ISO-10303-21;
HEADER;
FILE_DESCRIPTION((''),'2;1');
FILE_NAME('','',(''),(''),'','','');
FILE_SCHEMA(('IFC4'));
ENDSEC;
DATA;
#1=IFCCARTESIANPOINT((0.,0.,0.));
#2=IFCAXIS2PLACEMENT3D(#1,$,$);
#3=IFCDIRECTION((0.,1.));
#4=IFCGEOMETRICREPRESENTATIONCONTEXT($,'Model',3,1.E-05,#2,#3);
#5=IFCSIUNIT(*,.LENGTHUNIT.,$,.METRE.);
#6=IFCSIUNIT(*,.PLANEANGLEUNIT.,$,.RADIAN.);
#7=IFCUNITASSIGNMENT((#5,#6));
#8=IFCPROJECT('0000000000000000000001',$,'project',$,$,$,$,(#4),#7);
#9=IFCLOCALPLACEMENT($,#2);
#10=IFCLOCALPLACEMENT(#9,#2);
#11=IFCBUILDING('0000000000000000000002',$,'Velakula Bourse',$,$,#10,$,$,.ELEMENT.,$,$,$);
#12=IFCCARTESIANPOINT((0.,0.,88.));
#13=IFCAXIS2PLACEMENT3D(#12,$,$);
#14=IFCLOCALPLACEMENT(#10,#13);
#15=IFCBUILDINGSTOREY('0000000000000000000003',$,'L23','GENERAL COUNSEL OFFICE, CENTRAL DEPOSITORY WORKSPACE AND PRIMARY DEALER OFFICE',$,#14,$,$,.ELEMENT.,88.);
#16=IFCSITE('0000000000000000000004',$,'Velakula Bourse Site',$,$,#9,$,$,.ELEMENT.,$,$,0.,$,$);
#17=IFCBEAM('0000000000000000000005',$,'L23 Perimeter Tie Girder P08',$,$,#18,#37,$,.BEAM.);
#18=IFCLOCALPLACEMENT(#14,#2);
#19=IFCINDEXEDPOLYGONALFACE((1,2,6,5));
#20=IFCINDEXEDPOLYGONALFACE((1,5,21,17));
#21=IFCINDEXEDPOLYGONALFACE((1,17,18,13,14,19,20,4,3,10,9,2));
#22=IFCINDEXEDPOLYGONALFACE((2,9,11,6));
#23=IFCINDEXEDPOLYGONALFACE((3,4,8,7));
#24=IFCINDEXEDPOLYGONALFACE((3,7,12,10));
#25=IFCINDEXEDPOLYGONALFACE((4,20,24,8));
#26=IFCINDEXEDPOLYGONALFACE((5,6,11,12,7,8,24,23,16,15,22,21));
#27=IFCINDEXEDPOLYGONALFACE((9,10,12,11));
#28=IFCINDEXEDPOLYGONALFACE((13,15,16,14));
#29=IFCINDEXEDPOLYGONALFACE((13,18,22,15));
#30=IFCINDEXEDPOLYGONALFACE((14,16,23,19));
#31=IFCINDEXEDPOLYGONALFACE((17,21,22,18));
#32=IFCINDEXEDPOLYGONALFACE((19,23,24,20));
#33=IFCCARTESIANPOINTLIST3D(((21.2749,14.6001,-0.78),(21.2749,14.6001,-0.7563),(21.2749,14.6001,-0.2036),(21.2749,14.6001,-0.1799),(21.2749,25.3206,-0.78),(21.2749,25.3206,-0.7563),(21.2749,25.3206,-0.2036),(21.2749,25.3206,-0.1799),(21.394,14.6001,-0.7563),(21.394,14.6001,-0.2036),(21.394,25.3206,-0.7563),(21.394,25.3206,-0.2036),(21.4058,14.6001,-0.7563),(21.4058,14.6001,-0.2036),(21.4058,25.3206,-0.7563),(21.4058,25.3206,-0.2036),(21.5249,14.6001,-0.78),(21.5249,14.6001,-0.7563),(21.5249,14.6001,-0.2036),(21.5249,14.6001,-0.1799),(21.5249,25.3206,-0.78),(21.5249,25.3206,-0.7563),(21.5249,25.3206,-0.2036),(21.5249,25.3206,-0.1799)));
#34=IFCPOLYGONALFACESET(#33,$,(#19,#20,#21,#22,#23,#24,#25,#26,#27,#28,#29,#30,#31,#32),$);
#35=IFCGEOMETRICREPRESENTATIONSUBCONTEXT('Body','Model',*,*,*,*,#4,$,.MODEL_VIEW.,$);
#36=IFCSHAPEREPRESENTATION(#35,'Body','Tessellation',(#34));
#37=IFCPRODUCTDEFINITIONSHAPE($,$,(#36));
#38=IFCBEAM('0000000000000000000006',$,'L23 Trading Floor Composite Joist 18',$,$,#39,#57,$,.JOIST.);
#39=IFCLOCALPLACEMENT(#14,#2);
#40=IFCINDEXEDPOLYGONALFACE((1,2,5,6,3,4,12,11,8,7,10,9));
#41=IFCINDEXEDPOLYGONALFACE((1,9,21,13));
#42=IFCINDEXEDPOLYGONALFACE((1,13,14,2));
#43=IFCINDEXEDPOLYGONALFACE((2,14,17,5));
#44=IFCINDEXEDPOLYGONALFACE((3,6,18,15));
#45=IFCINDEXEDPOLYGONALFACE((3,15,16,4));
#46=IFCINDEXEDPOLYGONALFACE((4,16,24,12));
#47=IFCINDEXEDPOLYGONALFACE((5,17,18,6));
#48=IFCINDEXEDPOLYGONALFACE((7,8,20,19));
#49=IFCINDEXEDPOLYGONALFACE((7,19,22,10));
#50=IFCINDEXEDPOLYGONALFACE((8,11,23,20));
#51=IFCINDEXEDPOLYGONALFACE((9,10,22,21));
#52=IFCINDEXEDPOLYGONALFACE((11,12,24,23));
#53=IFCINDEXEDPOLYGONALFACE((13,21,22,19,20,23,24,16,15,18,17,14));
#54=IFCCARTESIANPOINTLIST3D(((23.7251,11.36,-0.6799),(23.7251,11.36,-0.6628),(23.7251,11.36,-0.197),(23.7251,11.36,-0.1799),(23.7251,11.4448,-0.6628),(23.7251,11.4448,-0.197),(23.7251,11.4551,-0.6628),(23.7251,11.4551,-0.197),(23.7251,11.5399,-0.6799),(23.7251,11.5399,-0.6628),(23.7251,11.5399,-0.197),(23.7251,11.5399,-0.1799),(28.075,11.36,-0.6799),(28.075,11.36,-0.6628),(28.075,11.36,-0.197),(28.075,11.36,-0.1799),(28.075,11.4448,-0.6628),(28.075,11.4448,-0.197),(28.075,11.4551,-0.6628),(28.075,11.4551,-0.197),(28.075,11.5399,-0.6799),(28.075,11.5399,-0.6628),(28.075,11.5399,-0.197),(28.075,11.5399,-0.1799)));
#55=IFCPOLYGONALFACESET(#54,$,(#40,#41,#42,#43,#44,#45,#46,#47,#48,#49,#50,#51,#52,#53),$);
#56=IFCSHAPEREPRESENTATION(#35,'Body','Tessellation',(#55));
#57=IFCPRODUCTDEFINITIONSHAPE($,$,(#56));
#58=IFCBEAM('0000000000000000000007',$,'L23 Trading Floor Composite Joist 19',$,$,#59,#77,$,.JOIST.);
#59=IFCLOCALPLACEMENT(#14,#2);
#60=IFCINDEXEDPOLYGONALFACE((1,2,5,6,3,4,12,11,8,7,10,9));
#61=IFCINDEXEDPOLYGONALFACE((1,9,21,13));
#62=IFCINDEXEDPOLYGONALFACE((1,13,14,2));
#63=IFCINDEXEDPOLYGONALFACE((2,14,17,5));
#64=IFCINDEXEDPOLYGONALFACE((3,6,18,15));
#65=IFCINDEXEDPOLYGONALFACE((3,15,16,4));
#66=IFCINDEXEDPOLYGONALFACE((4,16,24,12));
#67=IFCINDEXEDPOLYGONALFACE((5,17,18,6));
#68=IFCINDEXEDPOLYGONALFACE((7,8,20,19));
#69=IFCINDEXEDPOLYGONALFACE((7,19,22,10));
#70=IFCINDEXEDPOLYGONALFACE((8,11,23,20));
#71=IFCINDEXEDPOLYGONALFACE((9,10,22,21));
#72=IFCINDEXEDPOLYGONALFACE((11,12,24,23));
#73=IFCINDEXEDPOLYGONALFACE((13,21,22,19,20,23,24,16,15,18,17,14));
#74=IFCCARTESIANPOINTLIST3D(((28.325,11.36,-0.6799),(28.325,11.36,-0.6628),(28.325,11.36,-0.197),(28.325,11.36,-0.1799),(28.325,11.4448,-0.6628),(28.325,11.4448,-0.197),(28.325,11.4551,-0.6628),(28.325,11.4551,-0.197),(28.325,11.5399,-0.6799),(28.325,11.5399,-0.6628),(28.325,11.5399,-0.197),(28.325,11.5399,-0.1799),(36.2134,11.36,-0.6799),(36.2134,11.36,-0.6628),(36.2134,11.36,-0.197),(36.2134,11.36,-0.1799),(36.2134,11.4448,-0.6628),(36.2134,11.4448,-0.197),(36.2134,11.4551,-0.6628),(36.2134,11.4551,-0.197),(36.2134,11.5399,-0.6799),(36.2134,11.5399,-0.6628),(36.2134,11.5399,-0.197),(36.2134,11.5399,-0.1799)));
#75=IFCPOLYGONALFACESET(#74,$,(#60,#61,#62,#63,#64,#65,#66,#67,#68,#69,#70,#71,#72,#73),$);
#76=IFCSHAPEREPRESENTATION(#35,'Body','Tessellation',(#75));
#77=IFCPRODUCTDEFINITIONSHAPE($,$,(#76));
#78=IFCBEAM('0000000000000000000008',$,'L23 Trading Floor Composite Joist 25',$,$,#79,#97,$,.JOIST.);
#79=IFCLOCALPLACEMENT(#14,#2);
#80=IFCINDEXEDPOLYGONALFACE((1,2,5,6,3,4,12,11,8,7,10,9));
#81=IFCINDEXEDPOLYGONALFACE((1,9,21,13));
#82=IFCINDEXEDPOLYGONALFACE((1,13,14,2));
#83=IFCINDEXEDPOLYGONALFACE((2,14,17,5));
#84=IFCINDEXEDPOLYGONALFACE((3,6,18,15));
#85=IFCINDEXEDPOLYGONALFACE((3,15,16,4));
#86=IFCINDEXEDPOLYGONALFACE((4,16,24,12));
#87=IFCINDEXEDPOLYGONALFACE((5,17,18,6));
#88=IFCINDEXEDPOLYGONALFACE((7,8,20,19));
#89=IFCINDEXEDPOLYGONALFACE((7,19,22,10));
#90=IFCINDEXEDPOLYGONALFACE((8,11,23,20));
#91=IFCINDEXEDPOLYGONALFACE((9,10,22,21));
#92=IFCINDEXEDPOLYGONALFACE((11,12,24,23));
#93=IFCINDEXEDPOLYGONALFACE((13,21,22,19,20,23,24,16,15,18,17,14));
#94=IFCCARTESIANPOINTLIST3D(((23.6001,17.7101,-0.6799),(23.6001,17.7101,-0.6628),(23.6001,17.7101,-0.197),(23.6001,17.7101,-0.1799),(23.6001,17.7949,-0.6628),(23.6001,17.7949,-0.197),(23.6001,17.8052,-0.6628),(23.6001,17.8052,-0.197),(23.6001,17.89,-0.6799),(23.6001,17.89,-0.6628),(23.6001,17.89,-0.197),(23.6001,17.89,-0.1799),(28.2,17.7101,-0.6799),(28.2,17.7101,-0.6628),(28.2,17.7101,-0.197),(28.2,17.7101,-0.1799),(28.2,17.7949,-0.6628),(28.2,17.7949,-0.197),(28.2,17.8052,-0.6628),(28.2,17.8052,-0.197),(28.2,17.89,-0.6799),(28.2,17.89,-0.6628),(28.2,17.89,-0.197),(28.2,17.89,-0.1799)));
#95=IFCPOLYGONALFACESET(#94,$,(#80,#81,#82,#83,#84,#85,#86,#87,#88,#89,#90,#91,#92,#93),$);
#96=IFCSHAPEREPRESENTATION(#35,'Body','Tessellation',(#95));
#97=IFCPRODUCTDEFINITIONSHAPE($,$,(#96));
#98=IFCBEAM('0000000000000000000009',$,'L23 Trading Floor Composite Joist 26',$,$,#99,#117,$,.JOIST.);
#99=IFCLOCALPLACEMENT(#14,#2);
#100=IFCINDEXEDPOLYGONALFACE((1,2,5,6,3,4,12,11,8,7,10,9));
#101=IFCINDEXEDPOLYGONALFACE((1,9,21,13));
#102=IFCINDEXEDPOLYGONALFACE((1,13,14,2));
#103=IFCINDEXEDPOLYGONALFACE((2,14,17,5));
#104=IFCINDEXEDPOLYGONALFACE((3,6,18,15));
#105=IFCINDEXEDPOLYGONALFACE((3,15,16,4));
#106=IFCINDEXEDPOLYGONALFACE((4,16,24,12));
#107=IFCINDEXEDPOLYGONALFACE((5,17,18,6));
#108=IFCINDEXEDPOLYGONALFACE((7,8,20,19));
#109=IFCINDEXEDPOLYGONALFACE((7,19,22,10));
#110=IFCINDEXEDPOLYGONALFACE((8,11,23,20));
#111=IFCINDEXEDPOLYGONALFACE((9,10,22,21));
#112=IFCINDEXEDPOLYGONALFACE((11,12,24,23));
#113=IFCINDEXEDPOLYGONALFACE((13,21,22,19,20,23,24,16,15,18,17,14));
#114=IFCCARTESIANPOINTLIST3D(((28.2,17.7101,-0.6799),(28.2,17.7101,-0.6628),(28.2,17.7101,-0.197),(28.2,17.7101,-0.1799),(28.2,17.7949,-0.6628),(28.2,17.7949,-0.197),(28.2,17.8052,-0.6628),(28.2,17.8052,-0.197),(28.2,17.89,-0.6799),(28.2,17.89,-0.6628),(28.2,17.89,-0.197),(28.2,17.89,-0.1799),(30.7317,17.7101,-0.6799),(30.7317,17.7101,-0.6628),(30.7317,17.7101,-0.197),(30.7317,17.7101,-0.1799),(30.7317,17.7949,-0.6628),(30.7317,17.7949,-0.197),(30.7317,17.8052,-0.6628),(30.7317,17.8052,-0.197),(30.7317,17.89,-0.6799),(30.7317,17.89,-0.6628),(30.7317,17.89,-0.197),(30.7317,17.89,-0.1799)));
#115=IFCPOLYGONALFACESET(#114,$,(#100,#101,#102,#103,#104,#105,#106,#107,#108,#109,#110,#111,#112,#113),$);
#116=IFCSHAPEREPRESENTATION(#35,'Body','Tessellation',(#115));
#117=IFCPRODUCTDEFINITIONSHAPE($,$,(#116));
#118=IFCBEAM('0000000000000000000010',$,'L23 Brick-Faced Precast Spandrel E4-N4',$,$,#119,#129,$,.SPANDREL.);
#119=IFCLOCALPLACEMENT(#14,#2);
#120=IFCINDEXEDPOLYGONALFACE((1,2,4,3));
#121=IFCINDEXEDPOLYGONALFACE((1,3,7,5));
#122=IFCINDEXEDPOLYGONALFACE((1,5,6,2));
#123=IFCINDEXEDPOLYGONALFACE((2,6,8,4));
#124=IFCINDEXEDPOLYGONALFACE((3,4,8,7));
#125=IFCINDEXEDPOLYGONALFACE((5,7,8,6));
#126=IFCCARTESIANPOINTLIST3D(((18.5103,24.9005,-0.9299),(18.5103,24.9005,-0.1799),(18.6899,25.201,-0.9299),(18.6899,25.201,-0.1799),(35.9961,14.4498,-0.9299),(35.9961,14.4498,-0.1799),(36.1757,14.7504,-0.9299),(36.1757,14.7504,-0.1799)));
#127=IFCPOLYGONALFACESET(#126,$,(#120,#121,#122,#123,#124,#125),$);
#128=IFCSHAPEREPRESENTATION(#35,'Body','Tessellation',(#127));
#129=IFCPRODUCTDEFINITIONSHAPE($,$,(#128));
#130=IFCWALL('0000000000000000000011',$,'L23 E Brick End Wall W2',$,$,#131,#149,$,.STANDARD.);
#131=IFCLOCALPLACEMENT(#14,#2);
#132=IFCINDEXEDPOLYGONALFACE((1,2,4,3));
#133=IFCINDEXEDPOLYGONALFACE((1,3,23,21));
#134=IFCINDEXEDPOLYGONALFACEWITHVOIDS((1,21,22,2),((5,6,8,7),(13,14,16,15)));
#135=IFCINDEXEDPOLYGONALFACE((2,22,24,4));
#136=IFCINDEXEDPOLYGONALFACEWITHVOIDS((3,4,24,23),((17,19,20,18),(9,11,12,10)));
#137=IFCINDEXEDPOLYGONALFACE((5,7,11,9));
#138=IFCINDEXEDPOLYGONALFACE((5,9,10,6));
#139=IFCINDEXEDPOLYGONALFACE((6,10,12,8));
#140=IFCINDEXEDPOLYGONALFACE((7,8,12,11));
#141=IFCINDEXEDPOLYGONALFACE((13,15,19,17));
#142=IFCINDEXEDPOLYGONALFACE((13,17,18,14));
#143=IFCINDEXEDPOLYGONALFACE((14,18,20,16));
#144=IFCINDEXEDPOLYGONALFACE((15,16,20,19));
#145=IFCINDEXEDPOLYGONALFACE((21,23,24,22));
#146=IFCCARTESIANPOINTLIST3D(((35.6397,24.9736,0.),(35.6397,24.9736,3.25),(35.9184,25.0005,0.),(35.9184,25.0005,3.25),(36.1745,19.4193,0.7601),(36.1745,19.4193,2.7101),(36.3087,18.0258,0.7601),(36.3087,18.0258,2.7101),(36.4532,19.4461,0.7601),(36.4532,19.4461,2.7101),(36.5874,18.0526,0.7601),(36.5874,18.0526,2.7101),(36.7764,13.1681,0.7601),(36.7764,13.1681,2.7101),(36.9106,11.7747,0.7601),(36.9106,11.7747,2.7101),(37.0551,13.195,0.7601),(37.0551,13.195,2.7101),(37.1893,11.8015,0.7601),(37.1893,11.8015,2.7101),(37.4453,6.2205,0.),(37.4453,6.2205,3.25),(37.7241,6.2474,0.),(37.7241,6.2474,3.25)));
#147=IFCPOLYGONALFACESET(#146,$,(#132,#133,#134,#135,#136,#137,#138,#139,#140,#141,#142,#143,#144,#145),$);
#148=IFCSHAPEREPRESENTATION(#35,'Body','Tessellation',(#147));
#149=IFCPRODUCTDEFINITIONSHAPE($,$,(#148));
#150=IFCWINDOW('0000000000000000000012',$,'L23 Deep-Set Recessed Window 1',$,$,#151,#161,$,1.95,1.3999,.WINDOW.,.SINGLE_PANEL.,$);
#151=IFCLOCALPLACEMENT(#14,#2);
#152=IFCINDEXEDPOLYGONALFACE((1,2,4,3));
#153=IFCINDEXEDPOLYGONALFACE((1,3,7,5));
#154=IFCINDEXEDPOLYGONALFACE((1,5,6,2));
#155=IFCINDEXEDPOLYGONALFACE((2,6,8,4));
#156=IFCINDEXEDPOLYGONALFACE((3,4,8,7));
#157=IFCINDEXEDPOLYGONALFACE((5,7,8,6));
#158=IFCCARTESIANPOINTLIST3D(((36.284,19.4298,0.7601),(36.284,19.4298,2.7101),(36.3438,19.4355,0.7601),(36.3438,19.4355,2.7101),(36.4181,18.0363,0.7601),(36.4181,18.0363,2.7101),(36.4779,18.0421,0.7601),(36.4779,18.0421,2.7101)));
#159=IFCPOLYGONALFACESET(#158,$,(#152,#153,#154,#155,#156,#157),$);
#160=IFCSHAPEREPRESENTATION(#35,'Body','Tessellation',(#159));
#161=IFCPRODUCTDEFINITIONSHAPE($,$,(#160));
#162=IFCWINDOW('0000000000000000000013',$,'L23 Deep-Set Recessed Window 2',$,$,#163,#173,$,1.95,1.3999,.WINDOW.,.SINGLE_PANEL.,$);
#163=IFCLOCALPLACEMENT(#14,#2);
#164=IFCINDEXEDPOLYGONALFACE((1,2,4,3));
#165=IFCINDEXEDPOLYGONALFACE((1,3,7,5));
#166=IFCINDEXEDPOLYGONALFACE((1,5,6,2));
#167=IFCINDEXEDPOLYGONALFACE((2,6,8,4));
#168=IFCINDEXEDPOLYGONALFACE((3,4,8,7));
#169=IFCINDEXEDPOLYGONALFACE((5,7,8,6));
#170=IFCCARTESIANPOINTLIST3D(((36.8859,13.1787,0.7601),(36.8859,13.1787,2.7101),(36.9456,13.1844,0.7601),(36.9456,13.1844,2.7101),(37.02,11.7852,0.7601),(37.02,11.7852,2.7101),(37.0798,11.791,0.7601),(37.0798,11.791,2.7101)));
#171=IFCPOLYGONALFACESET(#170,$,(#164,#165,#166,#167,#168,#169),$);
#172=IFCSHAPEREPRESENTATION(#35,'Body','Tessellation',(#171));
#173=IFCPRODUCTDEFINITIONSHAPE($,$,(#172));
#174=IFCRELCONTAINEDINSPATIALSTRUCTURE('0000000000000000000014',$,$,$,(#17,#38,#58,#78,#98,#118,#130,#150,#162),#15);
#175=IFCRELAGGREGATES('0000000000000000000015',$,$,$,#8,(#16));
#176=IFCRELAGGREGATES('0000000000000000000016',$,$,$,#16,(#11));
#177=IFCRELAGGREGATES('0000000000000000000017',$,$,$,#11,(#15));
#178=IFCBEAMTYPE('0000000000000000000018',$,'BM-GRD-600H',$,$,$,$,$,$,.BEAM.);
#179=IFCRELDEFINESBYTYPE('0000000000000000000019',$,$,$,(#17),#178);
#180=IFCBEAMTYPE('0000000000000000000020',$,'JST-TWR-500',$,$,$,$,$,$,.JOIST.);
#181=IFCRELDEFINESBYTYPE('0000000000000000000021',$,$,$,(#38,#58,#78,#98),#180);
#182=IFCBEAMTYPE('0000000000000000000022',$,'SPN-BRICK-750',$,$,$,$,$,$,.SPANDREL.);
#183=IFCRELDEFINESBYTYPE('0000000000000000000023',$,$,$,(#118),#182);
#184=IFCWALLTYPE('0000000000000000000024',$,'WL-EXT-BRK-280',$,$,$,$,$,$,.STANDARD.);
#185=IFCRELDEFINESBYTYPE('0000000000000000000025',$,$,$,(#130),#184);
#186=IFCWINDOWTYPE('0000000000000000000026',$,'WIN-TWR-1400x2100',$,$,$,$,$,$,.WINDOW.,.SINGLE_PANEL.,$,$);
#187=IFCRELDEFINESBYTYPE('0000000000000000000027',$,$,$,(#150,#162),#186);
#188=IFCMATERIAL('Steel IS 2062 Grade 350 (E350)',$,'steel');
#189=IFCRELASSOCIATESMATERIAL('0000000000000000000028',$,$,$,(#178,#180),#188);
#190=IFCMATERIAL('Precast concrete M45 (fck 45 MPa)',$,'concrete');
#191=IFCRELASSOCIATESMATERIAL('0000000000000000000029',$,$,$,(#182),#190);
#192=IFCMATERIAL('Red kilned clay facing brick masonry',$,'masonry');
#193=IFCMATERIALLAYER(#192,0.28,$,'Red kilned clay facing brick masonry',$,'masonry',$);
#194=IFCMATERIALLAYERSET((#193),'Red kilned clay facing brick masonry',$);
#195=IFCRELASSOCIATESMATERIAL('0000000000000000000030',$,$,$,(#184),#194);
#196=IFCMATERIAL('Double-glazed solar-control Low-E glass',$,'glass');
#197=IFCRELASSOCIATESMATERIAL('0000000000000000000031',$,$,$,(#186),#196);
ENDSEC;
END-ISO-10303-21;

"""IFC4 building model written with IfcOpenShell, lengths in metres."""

from ifc_helpers import new_model, si_unit, direction, frame, frame_2d, origin, origin_2d, place, context, subcontext, project, spatial, rectangle, i_section, extrude, material, layer, layer_set, material_profile, profile_set, type_object, element, fill, save


model = new_model("IFC4")

# Units and contexts
model_context = context("Model", 3, precision=1e-05, world=origin(), true_north=direction((0.0, 1.0)))
body_context = subcontext(model_context, "Body", "Model", "MODEL_VIEW")
ifc_project = project(units=[si_unit("LENGTHUNIT", "METRE"), si_unit("PLANEANGLEUNIT", "RADIAN")], contexts=[model_context])

# Site, building, storey
site_placement = place(None, origin())
site = spatial("IfcSite", under=ifc_project, at=site_placement, Name="Velakula Bourse Site", CompositionType="ELEMENT", RefElevation=0.0)
building_placement = place(site_placement, origin())
building = spatial("IfcBuilding", under=site, at=building_placement, Name="Velakula Bourse", CompositionType="ELEMENT")
storey_placement = place(building_placement, frame((0.0, 0.0, 88.0)))
storey = spatial("IfcBuildingStorey", under=building, at=storey_placement, Name="L23", Description="GENERAL COUNSEL OFFICE, CENTRAL DEPOSITORY WORKSPACE AND PRIMARY DEALER OFFICE", CompositionType="ELEMENT", Elevation=88.0)

# Shared definitions
ifc_material_1 = material(Name="Precast concrete M45 (fck 45 MPa)", Category="concrete")

# Beams
ifc_material_2 = material(Name="Steel IS 2062 Grade 350 (E350)", Category="steel")
ifc_material_profile_1 = material_profile(ifc_material_2, i_section(OverallWidth=0.25, OverallDepth=0.6001, WebThickness=0.0117, FlangeThickness=0.0237, at=origin_2d()), Name="Steel IS 2062 Grade 350 (E350)")
ifc_profile_set_1 = profile_set([ifc_material_profile_1], Name="Steel IS 2062 Grade 350 (E350)")
beam_type_1 = type_object("IfcBeamType", Name="BM-GRD-600H", PredefinedType="BEAM", material=ifc_profile_set_1)
beam_1_placement = place(storey_placement, frame((21.3999, 14.6001, -0.48), z_axis=(0.0, 1.0, 0.0), x_axis=(-1.0, 0.0, 0.0)))
element("IfcBeam", 1, at=beam_1_placement, inside=storey, type_object=beam_type_1, Name="L23 Perimeter Tie Girder P08", PredefinedType="BEAM", context=body_context, shape_type="SweptSolid", body=[
    extrude(i_section(OverallWidth=0.25, OverallDepth=0.6001, WebThickness=0.0117, FlangeThickness=0.0237, at=origin_2d()), origin(), (0.0, 0.0, 1.0), 10.7205),
])
ifc_material_profile_2 = material_profile(ifc_material_2, i_section(OverallWidth=0.1799, OverallDepth=0.5, WebThickness=0.0103, FlangeThickness=0.0171, at=origin_2d()), Name="Steel IS 2062 Grade 350 (E350)")
ifc_profile_set_2 = profile_set([ifc_material_profile_2], Name="Steel IS 2062 Grade 350 (E350)")
beam_type_2 = type_object("IfcBeamType", Name="JST-TWR-500", PredefinedType="JOIST", material=ifc_profile_set_2)
beam_2_placement = place(storey_placement, frame((23.7251, 11.45, -0.4299), z_axis=(1.0, 0.0, 0.0), x_axis=(0.0, 1.0, 0.0)))
element("IfcBeam", 2, at=beam_2_placement, inside=storey, type_object=beam_type_2, Name="L23 Trading Floor Composite Joist 18", PredefinedType="JOIST", context=body_context, shape_type="SweptSolid", body=[
    extrude(i_section(OverallWidth=0.1799, OverallDepth=0.5, WebThickness=0.0103, FlangeThickness=0.0171, at=origin_2d()), origin(), (0.0, 0.0, 1.0), 4.3499),
])
beam_3_placement = place(storey_placement, frame((28.325, 11.45, -0.4299), z_axis=(1.0, 0.0, 0.0), x_axis=(0.0, 1.0, 0.0)))
element("IfcBeam", 3, at=beam_3_placement, inside=storey, type_object=beam_type_2, Name="L23 Trading Floor Composite Joist 19", PredefinedType="JOIST", context=body_context, shape_type="SweptSolid", body=[
    extrude(i_section(OverallWidth=0.1799, OverallDepth=0.5, WebThickness=0.0103, FlangeThickness=0.0171, at=origin_2d()), origin(), (0.0, 0.0, 1.0), 7.8884),
])
beam_4_placement = place(storey_placement, frame((23.6001, 17.8, -0.4299), z_axis=(1.0, 0.0, 0.0), x_axis=(0.0, 1.0, 0.0)))
element("IfcBeam", 4, at=beam_4_placement, inside=storey, type_object=beam_type_2, Name="L23 Trading Floor Composite Joist 25", PredefinedType="JOIST", context=body_context, shape_type="SweptSolid", body=[
    extrude(i_section(OverallWidth=0.1799, OverallDepth=0.5, WebThickness=0.0103, FlangeThickness=0.0171, at=origin_2d()), origin(), (0.0, 0.0, 1.0), 4.5999),
])
beam_5_placement = place(storey_placement, frame((28.2, 17.8, -0.4299), z_axis=(1.0, 0.0, 0.0), x_axis=(0.0, 1.0, 0.0)))
element("IfcBeam", 5, at=beam_5_placement, inside=storey, type_object=beam_type_2, Name="L23 Trading Floor Composite Joist 26", PredefinedType="JOIST", context=body_context, shape_type="SweptSolid", body=[
    extrude(i_section(OverallWidth=0.1799, OverallDepth=0.5, WebThickness=0.0103, FlangeThickness=0.0171, at=origin_2d()), origin(), (0.0, 0.0, 1.0), 2.5317),
])
ifc_material_profile_3 = material_profile(ifc_material_1, rectangle(XDim=0.3501, YDim=0.75, at=origin_2d()), Name="Precast concrete M45 (fck 45 MPa)")
ifc_profile_set_3 = profile_set([ifc_material_profile_3], Name="Precast concrete M45 (fck 45 MPa)")
beam_type_3 = type_object("IfcBeamType", Name="SPN-BRICK-750", PredefinedType="SPANDREL", material=ifc_profile_set_3)
beam_6_placement = place(storey_placement, frame((36.0859, 14.6001, -0.5549), z_axis=(-0.858376, 0.513022, 0.0), x_axis=(-0.513022, -0.858376, 0.0)))
element("IfcBeam", 6, at=beam_6_placement, inside=storey, type_object=beam_type_3, Name="L23 Brick-Faced Precast Spandrel E4-N4", PredefinedType="SPANDREL", context=body_context, shape_type="SweptSolid", body=[
    extrude(rectangle(XDim=0.3501, YDim=0.75, at=origin_2d()), origin(), (0.0, 0.0, 1.0), 20.3708),
])

# Wall, openings, windows
ifc_material_3 = material(Name="Red kilned clay facing brick masonry", Category="masonry")
ifc_layer_1 = layer(ifc_material_3, 0.28, Name="Red kilned clay facing brick masonry", Category="masonry")
ifc_layer_set_1 = layer_set([ifc_layer_1], Name="Red kilned clay facing brick masonry")
wall_type_1 = type_object("IfcWallType", Name="WL-EXT-BRK-280", PredefinedType="STANDARD", material=ifc_layer_set_1)
wall_1_placement = place(storey_placement, frame((35.7791, 24.9871, 0.0), z_axis=(0.0, 0.0, 1.0), x_axis=(0.095843, -0.995397, 0.0)))
wall_1 = element("IfcWall", 7, at=wall_1_placement, inside=storey, type_object=wall_type_1, Name="L23 E Brick End Wall W2", PredefinedType="STANDARD", context=body_context, shape_type="SweptSolid", body=[
    extrude(rectangle(XDim=18.8398, YDim=0.28, at=frame_2d((9.4199, 0.0))), origin(), (0.0, 0.0, 1.0), 3.25),
])
opening_1_placement = place(wall_1_placement, frame((5.5801, 0.0, 0.76)))
opening_1 = element("IfcOpeningElement", 8, at=opening_1_placement, cuts=wall_1, PredefinedType="OPENING", context=body_context, shape_type="SweptSolid", body=[
    extrude(rectangle(XDim=1.3999, YDim=1.95, at=frame_2d((0.7, 0.9751))), frame((0.0, 0.1499, 0.0), z_axis=(0.0, -1.0, 0.0), x_axis=(1.0, 0.0, 0.0)), (0.0, 0.0, 1.0), 0.3),
])
opening_2_placement = place(wall_1_placement, frame((11.8601, 0.0, 0.76)))
opening_2 = element("IfcOpeningElement", 9, at=opening_2_placement, cuts=wall_1, PredefinedType="OPENING", context=body_context, shape_type="SweptSolid", body=[
    extrude(rectangle(XDim=1.3999, YDim=1.95, at=frame_2d((0.7, 0.9751))), frame((0.0, 0.1499, 0.0), z_axis=(0.0, -1.0, 0.0), x_axis=(1.0, 0.0, 0.0)), (0.0, 0.0, 1.0), 0.3),
])
ifc_material_4 = material(Name="Double-glazed solar-control Low-E glass", Category="glass")
window_type = type_object("IfcWindowType", Name="WIN-TWR-1400x2100", PartitioningType="SINGLE_PANEL", PredefinedType="WINDOW", material=ifc_material_4)
window_1_placement = place(opening_1_placement, origin())
window_1 = element("IfcWindow", 10, at=window_1_placement, inside=storey, type_object=window_type, Name="L23 Deep-Set Recessed Window 1", OverallHeight=1.95, OverallWidth=1.3999, PartitioningType="SINGLE_PANEL", PredefinedType="WINDOW", context=body_context, shape_type="SweptSolid", body=[
    extrude(rectangle(XDim=1.3999, YDim=1.95, at=frame_2d((0.7, 0.9751))), frame((0.0, 0.03, 0.0), z_axis=(0.0, -1.0, 0.0), x_axis=(1.0, 0.0, 0.0)), (0.0, 0.0, 1.0), 0.0601),
])
fill(opening_1, window_1)
window_2_placement = place(opening_2_placement, origin())
window_2 = element("IfcWindow", 11, at=window_2_placement, inside=storey, type_object=window_type, Name="L23 Deep-Set Recessed Window 2", OverallHeight=1.95, OverallWidth=1.3999, PartitioningType="SINGLE_PANEL", PredefinedType="WINDOW", context=body_context, shape_type="SweptSolid", body=[
    extrude(rectangle(XDim=1.3999, YDim=1.95, at=frame_2d((0.7, 0.9751))), frame((0.0, 0.03, 0.0), z_axis=(0.0, -1.0, 0.0), x_axis=(1.0, 0.0, 0.0)), (0.0, 0.0, 1.0), 0.0601),
])
fill(opening_2, window_2)

save(model, "model.ifc")
